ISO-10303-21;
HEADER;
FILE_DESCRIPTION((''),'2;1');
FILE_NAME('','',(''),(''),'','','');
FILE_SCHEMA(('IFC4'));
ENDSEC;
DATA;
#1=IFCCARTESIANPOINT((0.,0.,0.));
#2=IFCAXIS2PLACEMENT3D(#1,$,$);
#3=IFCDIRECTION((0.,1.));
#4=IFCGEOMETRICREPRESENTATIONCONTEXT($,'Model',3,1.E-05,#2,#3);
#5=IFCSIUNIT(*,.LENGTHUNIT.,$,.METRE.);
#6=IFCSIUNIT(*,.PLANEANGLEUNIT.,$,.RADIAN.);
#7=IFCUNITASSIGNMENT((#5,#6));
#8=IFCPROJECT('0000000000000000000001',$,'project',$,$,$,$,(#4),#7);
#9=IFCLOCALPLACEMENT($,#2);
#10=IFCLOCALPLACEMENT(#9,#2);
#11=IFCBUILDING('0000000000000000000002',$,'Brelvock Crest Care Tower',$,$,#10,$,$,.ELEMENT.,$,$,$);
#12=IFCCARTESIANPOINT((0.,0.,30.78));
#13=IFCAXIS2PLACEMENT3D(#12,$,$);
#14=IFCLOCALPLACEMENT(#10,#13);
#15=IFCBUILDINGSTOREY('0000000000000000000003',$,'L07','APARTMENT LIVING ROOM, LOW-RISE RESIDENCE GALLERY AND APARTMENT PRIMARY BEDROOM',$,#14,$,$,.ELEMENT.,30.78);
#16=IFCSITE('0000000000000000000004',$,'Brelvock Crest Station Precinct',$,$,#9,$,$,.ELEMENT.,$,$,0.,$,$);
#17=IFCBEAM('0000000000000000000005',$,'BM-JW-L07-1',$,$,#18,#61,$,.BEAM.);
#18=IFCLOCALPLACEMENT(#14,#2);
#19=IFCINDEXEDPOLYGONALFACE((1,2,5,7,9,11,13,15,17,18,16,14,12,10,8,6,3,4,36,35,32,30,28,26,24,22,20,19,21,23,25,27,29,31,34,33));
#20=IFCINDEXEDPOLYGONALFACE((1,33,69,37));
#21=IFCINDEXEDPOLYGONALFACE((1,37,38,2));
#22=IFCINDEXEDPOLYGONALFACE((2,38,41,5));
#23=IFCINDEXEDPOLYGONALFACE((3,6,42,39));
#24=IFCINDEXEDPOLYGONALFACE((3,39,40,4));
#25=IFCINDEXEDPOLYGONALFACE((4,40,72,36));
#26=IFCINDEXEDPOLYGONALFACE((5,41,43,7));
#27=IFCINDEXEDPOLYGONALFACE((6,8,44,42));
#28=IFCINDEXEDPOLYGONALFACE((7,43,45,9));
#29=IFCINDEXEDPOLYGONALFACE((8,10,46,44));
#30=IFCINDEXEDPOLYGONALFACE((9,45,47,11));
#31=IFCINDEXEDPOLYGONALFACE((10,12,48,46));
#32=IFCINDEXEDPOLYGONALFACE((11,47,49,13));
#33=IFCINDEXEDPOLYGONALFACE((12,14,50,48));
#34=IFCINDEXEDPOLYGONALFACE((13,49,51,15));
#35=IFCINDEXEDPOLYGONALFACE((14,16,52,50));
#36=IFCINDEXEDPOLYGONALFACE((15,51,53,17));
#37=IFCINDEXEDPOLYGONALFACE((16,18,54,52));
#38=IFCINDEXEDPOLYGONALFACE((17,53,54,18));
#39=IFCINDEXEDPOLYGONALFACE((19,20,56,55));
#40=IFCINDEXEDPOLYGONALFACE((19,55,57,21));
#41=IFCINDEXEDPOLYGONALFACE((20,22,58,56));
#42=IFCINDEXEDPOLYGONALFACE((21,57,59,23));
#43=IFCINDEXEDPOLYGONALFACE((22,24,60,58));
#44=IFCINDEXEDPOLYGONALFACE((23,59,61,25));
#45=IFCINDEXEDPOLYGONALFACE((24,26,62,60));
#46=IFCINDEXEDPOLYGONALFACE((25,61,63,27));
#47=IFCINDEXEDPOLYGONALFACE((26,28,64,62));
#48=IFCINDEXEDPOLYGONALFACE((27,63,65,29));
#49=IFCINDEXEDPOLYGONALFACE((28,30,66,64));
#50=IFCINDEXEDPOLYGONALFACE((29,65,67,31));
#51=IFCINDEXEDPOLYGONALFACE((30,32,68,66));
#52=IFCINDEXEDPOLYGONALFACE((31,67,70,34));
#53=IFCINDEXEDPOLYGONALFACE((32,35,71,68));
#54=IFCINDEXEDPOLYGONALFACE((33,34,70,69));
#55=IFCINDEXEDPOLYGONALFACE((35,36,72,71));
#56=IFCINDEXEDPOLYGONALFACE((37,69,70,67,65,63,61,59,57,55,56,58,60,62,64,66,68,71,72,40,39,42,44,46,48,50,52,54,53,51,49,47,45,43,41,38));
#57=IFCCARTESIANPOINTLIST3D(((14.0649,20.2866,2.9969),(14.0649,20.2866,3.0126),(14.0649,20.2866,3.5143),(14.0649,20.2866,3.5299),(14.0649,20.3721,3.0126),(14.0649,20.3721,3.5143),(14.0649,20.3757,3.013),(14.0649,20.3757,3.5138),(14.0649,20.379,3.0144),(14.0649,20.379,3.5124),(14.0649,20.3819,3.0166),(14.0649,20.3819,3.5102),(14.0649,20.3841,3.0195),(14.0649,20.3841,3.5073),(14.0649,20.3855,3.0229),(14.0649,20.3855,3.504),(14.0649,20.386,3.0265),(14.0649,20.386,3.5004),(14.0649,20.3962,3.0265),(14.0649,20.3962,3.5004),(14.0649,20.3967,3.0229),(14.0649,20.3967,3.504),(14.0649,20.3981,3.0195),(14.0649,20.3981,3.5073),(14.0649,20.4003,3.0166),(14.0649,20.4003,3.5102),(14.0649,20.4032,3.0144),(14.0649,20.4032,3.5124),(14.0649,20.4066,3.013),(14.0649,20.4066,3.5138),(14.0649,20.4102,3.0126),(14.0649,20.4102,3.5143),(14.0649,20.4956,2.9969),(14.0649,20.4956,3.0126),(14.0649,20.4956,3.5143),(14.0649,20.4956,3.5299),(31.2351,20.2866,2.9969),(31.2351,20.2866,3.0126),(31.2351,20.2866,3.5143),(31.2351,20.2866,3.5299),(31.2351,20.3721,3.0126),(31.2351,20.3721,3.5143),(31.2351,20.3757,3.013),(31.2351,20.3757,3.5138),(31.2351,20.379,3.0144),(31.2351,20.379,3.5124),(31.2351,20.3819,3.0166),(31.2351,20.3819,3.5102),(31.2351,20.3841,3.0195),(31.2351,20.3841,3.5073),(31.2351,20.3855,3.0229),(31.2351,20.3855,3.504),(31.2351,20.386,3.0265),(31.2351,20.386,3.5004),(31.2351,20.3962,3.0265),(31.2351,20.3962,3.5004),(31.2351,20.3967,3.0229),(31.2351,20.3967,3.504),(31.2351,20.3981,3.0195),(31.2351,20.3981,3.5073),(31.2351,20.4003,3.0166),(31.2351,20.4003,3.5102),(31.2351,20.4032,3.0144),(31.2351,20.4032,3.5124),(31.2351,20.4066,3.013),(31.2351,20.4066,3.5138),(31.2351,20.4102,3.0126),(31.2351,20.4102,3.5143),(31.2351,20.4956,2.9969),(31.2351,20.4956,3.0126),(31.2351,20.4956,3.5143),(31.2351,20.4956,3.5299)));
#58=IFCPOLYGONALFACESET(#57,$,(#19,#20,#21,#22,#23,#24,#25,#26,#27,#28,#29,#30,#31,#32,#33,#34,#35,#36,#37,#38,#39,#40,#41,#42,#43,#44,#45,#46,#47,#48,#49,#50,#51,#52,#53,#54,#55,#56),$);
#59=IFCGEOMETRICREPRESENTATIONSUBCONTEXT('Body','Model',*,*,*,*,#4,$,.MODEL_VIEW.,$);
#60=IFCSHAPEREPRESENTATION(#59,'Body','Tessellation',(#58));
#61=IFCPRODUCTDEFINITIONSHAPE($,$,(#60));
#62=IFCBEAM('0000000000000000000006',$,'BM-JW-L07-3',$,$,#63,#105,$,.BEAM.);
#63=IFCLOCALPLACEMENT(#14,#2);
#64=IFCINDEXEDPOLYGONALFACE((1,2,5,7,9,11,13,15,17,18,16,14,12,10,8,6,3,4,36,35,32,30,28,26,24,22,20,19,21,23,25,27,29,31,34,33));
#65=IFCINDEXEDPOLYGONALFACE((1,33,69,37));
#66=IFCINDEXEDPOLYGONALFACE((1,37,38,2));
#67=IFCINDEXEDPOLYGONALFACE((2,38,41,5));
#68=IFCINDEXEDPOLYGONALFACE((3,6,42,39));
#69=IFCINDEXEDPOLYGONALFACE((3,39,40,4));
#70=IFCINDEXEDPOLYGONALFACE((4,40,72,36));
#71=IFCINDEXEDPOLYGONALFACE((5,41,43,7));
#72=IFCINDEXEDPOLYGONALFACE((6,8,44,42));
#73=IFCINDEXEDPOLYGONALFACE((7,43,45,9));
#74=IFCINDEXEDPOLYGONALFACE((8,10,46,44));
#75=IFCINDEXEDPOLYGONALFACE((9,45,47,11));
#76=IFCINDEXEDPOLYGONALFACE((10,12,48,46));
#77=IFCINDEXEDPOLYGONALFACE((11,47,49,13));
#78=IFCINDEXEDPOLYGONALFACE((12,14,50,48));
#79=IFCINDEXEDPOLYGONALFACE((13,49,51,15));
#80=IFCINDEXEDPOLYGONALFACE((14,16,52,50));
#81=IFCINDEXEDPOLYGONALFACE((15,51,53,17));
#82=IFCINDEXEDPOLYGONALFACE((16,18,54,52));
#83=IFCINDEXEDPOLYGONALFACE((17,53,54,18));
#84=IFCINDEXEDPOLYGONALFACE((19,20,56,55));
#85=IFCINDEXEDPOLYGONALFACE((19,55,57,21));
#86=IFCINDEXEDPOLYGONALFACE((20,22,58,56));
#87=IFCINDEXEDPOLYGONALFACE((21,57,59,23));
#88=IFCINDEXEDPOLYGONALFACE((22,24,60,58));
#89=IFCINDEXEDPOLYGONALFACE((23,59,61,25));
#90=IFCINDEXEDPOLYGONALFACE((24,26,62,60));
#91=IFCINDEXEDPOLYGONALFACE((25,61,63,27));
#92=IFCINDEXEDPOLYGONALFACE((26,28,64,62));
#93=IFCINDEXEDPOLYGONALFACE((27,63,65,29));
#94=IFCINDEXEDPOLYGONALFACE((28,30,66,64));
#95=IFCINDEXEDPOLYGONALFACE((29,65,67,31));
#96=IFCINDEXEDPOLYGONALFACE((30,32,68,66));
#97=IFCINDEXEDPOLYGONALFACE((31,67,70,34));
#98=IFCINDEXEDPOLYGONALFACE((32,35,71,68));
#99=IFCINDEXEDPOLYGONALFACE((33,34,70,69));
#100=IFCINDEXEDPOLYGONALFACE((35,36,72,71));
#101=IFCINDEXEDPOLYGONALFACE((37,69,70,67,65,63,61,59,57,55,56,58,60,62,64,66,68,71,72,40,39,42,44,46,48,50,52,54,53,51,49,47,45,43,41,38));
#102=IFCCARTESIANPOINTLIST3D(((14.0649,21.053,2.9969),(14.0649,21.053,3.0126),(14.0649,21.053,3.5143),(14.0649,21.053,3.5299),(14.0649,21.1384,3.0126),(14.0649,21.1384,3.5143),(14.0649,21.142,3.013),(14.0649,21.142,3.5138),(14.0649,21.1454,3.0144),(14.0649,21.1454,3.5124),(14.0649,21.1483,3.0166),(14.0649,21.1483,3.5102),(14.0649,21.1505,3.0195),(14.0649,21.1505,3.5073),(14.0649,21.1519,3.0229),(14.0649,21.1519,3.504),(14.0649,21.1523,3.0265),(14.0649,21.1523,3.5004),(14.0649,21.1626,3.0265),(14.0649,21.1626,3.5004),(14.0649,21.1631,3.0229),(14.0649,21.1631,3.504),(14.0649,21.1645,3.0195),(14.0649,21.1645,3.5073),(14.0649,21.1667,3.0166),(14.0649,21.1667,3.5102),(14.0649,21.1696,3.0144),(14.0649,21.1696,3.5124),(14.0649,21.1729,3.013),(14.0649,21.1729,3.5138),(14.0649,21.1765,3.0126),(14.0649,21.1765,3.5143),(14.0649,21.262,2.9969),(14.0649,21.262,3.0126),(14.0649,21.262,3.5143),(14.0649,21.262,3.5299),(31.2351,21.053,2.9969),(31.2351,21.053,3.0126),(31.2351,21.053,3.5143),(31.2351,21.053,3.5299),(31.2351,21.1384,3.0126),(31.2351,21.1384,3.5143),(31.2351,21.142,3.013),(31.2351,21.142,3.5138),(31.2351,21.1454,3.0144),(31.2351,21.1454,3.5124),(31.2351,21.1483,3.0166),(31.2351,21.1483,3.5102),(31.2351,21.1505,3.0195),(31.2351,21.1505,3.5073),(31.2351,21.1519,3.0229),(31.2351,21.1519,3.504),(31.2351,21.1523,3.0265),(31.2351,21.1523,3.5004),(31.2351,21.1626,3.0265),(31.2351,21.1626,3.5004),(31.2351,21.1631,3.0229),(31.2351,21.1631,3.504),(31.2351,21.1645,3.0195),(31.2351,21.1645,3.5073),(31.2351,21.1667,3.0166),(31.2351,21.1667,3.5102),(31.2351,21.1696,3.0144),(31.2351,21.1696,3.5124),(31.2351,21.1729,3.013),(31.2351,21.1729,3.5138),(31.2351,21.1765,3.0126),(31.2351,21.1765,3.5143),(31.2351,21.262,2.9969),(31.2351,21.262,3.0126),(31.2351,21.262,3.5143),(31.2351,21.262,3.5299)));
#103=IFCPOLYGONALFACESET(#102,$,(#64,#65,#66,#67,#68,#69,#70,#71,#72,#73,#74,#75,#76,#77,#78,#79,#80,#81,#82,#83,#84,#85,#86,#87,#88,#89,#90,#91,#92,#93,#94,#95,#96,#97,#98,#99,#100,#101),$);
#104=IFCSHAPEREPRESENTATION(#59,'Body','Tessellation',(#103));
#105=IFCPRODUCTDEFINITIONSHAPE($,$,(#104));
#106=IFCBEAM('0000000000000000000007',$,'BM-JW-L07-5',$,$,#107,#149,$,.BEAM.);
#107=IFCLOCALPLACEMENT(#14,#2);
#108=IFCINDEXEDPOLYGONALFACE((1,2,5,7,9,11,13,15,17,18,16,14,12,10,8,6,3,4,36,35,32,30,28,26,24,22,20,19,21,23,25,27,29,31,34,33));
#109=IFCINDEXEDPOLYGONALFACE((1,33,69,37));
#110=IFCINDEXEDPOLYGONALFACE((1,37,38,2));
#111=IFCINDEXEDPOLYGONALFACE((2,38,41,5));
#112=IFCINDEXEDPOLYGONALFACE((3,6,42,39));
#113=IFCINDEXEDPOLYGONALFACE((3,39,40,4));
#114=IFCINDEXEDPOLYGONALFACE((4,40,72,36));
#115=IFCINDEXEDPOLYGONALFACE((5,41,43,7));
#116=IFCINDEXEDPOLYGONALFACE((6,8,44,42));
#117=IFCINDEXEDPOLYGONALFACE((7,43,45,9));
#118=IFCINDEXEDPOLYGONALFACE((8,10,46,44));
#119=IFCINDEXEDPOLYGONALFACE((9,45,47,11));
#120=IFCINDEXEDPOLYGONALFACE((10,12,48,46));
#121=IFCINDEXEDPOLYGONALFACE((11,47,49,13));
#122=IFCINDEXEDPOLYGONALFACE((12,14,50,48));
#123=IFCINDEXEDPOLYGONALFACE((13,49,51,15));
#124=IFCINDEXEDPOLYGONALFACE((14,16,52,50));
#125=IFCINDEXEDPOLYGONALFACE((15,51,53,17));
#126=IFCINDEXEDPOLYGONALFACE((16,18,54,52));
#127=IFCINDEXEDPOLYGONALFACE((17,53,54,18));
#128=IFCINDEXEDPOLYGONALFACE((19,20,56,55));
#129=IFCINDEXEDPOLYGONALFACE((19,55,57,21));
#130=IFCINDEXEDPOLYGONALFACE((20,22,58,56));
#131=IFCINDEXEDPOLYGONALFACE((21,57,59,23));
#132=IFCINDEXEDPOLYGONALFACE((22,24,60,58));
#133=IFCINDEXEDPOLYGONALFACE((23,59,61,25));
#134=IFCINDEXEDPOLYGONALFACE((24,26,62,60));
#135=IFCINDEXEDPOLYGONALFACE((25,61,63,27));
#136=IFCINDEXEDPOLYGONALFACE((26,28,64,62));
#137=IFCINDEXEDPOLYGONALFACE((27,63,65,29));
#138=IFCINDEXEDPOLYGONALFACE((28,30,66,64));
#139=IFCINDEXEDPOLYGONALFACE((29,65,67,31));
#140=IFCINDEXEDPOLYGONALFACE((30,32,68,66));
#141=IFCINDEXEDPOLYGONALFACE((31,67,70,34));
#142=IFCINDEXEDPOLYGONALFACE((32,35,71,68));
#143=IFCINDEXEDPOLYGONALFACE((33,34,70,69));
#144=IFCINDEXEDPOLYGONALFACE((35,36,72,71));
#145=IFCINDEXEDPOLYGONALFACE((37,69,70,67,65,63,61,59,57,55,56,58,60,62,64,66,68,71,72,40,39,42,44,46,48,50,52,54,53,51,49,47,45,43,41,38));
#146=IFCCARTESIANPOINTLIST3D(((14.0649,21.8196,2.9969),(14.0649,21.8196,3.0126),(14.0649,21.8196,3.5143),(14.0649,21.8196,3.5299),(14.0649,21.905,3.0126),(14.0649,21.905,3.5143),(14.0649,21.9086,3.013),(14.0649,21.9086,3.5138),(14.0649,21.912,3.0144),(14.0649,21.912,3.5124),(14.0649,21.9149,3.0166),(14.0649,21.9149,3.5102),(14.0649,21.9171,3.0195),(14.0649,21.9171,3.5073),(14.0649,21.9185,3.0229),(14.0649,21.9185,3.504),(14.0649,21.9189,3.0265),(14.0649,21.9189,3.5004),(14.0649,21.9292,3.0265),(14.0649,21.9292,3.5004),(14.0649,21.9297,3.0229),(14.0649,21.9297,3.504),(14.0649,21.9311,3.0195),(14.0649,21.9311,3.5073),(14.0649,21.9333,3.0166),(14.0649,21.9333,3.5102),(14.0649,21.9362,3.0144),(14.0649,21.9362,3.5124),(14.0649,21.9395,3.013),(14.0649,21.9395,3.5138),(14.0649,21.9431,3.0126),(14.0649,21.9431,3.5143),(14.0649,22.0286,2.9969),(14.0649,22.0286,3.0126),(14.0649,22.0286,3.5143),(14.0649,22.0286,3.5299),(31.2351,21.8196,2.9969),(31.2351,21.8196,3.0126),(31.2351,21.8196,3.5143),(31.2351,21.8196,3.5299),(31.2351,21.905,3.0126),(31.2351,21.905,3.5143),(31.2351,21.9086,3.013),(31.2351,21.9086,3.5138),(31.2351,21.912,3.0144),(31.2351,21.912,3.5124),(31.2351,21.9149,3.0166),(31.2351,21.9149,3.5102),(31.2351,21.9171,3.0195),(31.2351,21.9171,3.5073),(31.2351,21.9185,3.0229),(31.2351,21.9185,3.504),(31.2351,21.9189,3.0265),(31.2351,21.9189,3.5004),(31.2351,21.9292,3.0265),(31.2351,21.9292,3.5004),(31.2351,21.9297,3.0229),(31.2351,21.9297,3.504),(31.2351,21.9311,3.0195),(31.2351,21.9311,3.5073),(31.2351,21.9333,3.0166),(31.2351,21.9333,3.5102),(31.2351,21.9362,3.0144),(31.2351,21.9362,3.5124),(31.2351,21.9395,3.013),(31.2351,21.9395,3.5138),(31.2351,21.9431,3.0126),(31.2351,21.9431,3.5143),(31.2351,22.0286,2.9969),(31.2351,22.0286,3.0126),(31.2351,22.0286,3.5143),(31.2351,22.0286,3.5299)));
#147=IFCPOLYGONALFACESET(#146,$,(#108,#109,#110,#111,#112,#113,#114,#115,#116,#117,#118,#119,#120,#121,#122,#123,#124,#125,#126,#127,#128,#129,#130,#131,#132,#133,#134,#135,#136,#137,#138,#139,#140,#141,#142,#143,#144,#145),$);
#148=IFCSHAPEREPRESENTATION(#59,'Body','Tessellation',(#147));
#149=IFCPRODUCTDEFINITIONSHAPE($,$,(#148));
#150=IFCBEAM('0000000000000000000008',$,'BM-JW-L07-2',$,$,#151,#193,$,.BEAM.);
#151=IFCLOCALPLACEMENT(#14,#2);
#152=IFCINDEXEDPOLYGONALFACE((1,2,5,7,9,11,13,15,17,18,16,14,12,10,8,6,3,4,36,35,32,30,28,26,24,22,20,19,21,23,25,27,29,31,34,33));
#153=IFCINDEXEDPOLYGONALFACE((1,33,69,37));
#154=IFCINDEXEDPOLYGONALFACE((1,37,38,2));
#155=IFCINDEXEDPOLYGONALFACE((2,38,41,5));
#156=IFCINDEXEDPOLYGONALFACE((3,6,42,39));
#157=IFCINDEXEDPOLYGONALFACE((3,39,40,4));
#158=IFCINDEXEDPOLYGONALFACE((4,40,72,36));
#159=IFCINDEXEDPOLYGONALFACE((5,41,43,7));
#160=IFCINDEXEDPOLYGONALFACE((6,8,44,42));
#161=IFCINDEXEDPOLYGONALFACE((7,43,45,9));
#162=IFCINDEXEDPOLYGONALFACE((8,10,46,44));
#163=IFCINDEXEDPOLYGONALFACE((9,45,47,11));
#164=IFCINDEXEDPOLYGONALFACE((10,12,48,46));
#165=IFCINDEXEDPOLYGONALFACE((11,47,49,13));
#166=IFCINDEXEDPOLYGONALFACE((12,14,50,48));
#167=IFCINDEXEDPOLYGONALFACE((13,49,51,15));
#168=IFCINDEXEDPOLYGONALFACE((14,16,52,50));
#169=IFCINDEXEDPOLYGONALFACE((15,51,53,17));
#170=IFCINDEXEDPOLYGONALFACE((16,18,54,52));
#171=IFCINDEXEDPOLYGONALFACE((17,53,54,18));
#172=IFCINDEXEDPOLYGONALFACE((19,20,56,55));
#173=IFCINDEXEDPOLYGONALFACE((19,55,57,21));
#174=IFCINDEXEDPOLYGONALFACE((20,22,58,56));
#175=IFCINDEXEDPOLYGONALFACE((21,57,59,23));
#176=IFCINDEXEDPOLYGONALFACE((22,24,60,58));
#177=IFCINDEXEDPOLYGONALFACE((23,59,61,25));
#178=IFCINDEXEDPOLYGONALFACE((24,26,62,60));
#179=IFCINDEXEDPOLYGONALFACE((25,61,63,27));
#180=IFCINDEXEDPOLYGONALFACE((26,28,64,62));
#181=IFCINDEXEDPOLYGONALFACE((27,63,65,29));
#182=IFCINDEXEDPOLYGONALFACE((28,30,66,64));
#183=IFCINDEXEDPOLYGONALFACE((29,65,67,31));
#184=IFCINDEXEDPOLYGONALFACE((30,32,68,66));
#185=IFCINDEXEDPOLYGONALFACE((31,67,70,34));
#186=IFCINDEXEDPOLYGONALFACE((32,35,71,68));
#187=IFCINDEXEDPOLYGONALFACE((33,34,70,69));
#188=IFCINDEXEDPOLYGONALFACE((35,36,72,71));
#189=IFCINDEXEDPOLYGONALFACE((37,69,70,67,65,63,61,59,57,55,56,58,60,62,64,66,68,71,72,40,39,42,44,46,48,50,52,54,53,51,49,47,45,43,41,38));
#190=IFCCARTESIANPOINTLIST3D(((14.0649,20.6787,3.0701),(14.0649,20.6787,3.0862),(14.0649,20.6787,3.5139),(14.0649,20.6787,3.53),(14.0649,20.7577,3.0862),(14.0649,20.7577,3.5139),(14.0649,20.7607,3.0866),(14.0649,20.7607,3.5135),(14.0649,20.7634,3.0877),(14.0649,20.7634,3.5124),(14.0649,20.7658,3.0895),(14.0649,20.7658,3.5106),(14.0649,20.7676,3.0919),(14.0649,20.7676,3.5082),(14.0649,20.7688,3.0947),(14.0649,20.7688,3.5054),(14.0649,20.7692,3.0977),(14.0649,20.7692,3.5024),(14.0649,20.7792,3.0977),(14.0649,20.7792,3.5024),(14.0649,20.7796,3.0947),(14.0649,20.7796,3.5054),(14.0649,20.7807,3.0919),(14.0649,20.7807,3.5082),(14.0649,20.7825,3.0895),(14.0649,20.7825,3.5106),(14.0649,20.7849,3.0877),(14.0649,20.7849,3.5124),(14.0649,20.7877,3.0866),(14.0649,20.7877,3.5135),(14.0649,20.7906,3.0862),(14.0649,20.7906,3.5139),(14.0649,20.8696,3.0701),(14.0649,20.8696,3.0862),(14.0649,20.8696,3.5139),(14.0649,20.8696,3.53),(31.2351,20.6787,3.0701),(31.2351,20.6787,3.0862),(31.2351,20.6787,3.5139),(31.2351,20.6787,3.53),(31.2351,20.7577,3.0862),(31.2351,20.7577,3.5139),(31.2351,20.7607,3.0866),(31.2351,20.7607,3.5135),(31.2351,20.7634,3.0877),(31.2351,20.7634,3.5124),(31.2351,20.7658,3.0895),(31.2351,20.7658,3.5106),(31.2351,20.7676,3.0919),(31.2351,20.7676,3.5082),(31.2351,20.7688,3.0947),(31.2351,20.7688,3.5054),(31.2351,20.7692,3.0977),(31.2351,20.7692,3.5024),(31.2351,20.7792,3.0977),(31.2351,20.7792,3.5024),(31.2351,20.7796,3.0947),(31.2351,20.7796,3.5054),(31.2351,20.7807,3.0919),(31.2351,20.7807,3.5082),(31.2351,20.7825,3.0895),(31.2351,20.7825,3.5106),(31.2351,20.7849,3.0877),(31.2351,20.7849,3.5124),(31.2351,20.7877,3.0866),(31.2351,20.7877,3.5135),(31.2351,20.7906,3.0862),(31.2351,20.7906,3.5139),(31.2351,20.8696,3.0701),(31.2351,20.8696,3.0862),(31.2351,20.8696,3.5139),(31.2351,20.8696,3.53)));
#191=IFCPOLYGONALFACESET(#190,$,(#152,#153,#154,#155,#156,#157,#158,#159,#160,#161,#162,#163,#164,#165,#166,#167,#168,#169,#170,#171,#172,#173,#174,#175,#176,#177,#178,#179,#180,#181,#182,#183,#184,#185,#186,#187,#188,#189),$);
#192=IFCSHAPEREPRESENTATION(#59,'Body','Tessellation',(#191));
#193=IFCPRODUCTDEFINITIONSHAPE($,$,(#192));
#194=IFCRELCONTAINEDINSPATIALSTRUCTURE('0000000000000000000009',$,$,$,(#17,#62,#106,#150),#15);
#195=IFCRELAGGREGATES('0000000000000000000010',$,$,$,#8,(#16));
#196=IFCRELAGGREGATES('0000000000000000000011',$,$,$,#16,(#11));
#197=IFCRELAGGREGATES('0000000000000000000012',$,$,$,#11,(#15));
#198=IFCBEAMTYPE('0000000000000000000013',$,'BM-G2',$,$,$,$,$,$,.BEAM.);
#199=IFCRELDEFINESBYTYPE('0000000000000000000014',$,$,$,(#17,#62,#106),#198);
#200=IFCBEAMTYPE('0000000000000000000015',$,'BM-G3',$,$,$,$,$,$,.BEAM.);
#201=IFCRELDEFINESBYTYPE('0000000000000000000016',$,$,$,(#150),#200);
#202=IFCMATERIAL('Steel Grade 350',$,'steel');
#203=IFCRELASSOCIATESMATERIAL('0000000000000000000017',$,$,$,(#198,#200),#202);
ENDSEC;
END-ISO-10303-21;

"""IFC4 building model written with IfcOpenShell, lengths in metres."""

from ifc_helpers import new_model, si_unit, direction, frame, origin, origin_2d, place, context, subcontext, project, spatial, i_section, extrude, source, transform, mapped, material, material_profile, profile_set, type_object, element, save


model = new_model("IFC4")

# Units and contexts
model_context = context("Model", 3, precision=1e-05, world=origin(), true_north=direction((0.0, 1.0)))
body_context = subcontext(model_context, "Body", "Model", "MODEL_VIEW")
ifc_project = project(units=[si_unit("LENGTHUNIT", "METRE"), si_unit("PLANEANGLEUNIT", "RADIAN")], contexts=[model_context])

# Site, building, storey
site_placement = place(None, origin())
site = spatial("IfcSite", under=ifc_project, at=site_placement, Name="Brelvock Crest Station Precinct", CompositionType="ELEMENT", RefElevation=0.0)
building_placement = place(site_placement, origin())
building = spatial("IfcBuilding", under=site, at=building_placement, Name="Brelvock Crest Care Tower", CompositionType="ELEMENT")
storey_placement = place(building_placement, frame((0.0, 0.0, 30.78)))
storey = spatial("IfcBuildingStorey", under=building, at=storey_placement, Name="L07", Description="APARTMENT LIVING ROOM, LOW-RISE RESIDENCE GALLERY AND APARTMENT PRIMARY BEDROOM", CompositionType="ELEMENT", Elevation=30.78)

# Shared definitions
ifc_material_1 = material(Name="Steel Grade 350", Category="steel")

# Beams
ifc_material_profile_1 = material_profile(ifc_material_1, i_section(OverallWidth=0.209, OverallDepth=0.533, WebThickness=0.0103, FlangeThickness=0.0156, FilletRadius=0.0139, at=origin_2d()), Name="530UB92.4")
ifc_profile_set_1 = profile_set([ifc_material_profile_1], Name="Steel Grade 350")
beam_type_1 = type_object("IfcBeamType", Name="BM-G2", PredefinedType="BEAM", material=ifc_profile_set_1)
shared_shape_1 = source(origin(), body_context, "Body", "SweptSolid", [
    extrude(i_section(OverallWidth=0.209, OverallDepth=0.533, WebThickness=0.0103, FlangeThickness=0.0156, FilletRadius=0.0139, at=origin_2d()), origin(), (0.0, 0.0, 1.0), 17.1702),
])
for number, where, z_axis, x_axis, name in (
    (1, (14.0649, 20.3911, 3.2634), (1.0, 0.0, 0.0), (0.0, 1.0, 0.0), "BM-JW-L07-1"),
    (2, (14.0649, 21.1575, 3.2634), (1.0, 0.0, 0.0), (0.0, 1.0, 0.0), "BM-JW-L07-3"),
    (3, (14.0649, 21.9241, 3.2634), (1.0, 0.0, 0.0), (0.0, 1.0, 0.0), "BM-JW-L07-5"),
):
    element("IfcBeam", number, at=place(storey_placement, frame(where, z_axis=z_axis, x_axis=x_axis)), inside=storey, type_object=beam_type_1, Name=name, PredefinedType="BEAM", context=body_context, shape_type="MappedRepresentation", body=[
        mapped(shared_shape_1, transform((0.0, 0.0, 0.0), x_axis=(1.0, 0.0, 0.0), y_axis=(0.0, 1.0, 0.0), z_axis=(0.0, 0.0, 1.0), scale=1.0)),
    ])
ifc_material_profile_2 = material_profile(ifc_material_1, i_section(OverallWidth=0.1909, OverallDepth=0.46, WebThickness=0.01, FlangeThickness=0.0161, FilletRadius=0.0115, at=origin_2d()), Name="460UB82.1")
ifc_profile_set_2 = profile_set([ifc_material_profile_2], Name="Steel Grade 350")
beam_type_2 = type_object("IfcBeamType", Name="BM-G3", PredefinedType="BEAM", material=ifc_profile_set_2)
shared_shape_2 = source(origin(), body_context, "Body", "SweptSolid", [
    extrude(i_section(OverallWidth=0.1909, OverallDepth=0.46, WebThickness=0.01, FlangeThickness=0.0161, FilletRadius=0.0115, at=origin_2d()), origin(), (0.0, 0.0, 1.0), 17.1702),
])
for number, where, z_axis, x_axis, name in (
    (4, (14.0649, 20.7742, 3.3), (1.0, 0.0, 0.0), (0.0, 1.0, 0.0), "BM-JW-L07-2"),
):
    element("IfcBeam", number, at=place(storey_placement, frame(where, z_axis=z_axis, x_axis=x_axis)), inside=storey, type_object=beam_type_2, Name=name, PredefinedType="BEAM", context=body_context, shape_type="MappedRepresentation", body=[
        mapped(shared_shape_2, transform((0.0, 0.0, 0.0), x_axis=(1.0, 0.0, 0.0), y_axis=(0.0, 1.0, 0.0), z_axis=(0.0, 0.0, 1.0), scale=1.0)),
    ])

save(model, "model.ifc")
